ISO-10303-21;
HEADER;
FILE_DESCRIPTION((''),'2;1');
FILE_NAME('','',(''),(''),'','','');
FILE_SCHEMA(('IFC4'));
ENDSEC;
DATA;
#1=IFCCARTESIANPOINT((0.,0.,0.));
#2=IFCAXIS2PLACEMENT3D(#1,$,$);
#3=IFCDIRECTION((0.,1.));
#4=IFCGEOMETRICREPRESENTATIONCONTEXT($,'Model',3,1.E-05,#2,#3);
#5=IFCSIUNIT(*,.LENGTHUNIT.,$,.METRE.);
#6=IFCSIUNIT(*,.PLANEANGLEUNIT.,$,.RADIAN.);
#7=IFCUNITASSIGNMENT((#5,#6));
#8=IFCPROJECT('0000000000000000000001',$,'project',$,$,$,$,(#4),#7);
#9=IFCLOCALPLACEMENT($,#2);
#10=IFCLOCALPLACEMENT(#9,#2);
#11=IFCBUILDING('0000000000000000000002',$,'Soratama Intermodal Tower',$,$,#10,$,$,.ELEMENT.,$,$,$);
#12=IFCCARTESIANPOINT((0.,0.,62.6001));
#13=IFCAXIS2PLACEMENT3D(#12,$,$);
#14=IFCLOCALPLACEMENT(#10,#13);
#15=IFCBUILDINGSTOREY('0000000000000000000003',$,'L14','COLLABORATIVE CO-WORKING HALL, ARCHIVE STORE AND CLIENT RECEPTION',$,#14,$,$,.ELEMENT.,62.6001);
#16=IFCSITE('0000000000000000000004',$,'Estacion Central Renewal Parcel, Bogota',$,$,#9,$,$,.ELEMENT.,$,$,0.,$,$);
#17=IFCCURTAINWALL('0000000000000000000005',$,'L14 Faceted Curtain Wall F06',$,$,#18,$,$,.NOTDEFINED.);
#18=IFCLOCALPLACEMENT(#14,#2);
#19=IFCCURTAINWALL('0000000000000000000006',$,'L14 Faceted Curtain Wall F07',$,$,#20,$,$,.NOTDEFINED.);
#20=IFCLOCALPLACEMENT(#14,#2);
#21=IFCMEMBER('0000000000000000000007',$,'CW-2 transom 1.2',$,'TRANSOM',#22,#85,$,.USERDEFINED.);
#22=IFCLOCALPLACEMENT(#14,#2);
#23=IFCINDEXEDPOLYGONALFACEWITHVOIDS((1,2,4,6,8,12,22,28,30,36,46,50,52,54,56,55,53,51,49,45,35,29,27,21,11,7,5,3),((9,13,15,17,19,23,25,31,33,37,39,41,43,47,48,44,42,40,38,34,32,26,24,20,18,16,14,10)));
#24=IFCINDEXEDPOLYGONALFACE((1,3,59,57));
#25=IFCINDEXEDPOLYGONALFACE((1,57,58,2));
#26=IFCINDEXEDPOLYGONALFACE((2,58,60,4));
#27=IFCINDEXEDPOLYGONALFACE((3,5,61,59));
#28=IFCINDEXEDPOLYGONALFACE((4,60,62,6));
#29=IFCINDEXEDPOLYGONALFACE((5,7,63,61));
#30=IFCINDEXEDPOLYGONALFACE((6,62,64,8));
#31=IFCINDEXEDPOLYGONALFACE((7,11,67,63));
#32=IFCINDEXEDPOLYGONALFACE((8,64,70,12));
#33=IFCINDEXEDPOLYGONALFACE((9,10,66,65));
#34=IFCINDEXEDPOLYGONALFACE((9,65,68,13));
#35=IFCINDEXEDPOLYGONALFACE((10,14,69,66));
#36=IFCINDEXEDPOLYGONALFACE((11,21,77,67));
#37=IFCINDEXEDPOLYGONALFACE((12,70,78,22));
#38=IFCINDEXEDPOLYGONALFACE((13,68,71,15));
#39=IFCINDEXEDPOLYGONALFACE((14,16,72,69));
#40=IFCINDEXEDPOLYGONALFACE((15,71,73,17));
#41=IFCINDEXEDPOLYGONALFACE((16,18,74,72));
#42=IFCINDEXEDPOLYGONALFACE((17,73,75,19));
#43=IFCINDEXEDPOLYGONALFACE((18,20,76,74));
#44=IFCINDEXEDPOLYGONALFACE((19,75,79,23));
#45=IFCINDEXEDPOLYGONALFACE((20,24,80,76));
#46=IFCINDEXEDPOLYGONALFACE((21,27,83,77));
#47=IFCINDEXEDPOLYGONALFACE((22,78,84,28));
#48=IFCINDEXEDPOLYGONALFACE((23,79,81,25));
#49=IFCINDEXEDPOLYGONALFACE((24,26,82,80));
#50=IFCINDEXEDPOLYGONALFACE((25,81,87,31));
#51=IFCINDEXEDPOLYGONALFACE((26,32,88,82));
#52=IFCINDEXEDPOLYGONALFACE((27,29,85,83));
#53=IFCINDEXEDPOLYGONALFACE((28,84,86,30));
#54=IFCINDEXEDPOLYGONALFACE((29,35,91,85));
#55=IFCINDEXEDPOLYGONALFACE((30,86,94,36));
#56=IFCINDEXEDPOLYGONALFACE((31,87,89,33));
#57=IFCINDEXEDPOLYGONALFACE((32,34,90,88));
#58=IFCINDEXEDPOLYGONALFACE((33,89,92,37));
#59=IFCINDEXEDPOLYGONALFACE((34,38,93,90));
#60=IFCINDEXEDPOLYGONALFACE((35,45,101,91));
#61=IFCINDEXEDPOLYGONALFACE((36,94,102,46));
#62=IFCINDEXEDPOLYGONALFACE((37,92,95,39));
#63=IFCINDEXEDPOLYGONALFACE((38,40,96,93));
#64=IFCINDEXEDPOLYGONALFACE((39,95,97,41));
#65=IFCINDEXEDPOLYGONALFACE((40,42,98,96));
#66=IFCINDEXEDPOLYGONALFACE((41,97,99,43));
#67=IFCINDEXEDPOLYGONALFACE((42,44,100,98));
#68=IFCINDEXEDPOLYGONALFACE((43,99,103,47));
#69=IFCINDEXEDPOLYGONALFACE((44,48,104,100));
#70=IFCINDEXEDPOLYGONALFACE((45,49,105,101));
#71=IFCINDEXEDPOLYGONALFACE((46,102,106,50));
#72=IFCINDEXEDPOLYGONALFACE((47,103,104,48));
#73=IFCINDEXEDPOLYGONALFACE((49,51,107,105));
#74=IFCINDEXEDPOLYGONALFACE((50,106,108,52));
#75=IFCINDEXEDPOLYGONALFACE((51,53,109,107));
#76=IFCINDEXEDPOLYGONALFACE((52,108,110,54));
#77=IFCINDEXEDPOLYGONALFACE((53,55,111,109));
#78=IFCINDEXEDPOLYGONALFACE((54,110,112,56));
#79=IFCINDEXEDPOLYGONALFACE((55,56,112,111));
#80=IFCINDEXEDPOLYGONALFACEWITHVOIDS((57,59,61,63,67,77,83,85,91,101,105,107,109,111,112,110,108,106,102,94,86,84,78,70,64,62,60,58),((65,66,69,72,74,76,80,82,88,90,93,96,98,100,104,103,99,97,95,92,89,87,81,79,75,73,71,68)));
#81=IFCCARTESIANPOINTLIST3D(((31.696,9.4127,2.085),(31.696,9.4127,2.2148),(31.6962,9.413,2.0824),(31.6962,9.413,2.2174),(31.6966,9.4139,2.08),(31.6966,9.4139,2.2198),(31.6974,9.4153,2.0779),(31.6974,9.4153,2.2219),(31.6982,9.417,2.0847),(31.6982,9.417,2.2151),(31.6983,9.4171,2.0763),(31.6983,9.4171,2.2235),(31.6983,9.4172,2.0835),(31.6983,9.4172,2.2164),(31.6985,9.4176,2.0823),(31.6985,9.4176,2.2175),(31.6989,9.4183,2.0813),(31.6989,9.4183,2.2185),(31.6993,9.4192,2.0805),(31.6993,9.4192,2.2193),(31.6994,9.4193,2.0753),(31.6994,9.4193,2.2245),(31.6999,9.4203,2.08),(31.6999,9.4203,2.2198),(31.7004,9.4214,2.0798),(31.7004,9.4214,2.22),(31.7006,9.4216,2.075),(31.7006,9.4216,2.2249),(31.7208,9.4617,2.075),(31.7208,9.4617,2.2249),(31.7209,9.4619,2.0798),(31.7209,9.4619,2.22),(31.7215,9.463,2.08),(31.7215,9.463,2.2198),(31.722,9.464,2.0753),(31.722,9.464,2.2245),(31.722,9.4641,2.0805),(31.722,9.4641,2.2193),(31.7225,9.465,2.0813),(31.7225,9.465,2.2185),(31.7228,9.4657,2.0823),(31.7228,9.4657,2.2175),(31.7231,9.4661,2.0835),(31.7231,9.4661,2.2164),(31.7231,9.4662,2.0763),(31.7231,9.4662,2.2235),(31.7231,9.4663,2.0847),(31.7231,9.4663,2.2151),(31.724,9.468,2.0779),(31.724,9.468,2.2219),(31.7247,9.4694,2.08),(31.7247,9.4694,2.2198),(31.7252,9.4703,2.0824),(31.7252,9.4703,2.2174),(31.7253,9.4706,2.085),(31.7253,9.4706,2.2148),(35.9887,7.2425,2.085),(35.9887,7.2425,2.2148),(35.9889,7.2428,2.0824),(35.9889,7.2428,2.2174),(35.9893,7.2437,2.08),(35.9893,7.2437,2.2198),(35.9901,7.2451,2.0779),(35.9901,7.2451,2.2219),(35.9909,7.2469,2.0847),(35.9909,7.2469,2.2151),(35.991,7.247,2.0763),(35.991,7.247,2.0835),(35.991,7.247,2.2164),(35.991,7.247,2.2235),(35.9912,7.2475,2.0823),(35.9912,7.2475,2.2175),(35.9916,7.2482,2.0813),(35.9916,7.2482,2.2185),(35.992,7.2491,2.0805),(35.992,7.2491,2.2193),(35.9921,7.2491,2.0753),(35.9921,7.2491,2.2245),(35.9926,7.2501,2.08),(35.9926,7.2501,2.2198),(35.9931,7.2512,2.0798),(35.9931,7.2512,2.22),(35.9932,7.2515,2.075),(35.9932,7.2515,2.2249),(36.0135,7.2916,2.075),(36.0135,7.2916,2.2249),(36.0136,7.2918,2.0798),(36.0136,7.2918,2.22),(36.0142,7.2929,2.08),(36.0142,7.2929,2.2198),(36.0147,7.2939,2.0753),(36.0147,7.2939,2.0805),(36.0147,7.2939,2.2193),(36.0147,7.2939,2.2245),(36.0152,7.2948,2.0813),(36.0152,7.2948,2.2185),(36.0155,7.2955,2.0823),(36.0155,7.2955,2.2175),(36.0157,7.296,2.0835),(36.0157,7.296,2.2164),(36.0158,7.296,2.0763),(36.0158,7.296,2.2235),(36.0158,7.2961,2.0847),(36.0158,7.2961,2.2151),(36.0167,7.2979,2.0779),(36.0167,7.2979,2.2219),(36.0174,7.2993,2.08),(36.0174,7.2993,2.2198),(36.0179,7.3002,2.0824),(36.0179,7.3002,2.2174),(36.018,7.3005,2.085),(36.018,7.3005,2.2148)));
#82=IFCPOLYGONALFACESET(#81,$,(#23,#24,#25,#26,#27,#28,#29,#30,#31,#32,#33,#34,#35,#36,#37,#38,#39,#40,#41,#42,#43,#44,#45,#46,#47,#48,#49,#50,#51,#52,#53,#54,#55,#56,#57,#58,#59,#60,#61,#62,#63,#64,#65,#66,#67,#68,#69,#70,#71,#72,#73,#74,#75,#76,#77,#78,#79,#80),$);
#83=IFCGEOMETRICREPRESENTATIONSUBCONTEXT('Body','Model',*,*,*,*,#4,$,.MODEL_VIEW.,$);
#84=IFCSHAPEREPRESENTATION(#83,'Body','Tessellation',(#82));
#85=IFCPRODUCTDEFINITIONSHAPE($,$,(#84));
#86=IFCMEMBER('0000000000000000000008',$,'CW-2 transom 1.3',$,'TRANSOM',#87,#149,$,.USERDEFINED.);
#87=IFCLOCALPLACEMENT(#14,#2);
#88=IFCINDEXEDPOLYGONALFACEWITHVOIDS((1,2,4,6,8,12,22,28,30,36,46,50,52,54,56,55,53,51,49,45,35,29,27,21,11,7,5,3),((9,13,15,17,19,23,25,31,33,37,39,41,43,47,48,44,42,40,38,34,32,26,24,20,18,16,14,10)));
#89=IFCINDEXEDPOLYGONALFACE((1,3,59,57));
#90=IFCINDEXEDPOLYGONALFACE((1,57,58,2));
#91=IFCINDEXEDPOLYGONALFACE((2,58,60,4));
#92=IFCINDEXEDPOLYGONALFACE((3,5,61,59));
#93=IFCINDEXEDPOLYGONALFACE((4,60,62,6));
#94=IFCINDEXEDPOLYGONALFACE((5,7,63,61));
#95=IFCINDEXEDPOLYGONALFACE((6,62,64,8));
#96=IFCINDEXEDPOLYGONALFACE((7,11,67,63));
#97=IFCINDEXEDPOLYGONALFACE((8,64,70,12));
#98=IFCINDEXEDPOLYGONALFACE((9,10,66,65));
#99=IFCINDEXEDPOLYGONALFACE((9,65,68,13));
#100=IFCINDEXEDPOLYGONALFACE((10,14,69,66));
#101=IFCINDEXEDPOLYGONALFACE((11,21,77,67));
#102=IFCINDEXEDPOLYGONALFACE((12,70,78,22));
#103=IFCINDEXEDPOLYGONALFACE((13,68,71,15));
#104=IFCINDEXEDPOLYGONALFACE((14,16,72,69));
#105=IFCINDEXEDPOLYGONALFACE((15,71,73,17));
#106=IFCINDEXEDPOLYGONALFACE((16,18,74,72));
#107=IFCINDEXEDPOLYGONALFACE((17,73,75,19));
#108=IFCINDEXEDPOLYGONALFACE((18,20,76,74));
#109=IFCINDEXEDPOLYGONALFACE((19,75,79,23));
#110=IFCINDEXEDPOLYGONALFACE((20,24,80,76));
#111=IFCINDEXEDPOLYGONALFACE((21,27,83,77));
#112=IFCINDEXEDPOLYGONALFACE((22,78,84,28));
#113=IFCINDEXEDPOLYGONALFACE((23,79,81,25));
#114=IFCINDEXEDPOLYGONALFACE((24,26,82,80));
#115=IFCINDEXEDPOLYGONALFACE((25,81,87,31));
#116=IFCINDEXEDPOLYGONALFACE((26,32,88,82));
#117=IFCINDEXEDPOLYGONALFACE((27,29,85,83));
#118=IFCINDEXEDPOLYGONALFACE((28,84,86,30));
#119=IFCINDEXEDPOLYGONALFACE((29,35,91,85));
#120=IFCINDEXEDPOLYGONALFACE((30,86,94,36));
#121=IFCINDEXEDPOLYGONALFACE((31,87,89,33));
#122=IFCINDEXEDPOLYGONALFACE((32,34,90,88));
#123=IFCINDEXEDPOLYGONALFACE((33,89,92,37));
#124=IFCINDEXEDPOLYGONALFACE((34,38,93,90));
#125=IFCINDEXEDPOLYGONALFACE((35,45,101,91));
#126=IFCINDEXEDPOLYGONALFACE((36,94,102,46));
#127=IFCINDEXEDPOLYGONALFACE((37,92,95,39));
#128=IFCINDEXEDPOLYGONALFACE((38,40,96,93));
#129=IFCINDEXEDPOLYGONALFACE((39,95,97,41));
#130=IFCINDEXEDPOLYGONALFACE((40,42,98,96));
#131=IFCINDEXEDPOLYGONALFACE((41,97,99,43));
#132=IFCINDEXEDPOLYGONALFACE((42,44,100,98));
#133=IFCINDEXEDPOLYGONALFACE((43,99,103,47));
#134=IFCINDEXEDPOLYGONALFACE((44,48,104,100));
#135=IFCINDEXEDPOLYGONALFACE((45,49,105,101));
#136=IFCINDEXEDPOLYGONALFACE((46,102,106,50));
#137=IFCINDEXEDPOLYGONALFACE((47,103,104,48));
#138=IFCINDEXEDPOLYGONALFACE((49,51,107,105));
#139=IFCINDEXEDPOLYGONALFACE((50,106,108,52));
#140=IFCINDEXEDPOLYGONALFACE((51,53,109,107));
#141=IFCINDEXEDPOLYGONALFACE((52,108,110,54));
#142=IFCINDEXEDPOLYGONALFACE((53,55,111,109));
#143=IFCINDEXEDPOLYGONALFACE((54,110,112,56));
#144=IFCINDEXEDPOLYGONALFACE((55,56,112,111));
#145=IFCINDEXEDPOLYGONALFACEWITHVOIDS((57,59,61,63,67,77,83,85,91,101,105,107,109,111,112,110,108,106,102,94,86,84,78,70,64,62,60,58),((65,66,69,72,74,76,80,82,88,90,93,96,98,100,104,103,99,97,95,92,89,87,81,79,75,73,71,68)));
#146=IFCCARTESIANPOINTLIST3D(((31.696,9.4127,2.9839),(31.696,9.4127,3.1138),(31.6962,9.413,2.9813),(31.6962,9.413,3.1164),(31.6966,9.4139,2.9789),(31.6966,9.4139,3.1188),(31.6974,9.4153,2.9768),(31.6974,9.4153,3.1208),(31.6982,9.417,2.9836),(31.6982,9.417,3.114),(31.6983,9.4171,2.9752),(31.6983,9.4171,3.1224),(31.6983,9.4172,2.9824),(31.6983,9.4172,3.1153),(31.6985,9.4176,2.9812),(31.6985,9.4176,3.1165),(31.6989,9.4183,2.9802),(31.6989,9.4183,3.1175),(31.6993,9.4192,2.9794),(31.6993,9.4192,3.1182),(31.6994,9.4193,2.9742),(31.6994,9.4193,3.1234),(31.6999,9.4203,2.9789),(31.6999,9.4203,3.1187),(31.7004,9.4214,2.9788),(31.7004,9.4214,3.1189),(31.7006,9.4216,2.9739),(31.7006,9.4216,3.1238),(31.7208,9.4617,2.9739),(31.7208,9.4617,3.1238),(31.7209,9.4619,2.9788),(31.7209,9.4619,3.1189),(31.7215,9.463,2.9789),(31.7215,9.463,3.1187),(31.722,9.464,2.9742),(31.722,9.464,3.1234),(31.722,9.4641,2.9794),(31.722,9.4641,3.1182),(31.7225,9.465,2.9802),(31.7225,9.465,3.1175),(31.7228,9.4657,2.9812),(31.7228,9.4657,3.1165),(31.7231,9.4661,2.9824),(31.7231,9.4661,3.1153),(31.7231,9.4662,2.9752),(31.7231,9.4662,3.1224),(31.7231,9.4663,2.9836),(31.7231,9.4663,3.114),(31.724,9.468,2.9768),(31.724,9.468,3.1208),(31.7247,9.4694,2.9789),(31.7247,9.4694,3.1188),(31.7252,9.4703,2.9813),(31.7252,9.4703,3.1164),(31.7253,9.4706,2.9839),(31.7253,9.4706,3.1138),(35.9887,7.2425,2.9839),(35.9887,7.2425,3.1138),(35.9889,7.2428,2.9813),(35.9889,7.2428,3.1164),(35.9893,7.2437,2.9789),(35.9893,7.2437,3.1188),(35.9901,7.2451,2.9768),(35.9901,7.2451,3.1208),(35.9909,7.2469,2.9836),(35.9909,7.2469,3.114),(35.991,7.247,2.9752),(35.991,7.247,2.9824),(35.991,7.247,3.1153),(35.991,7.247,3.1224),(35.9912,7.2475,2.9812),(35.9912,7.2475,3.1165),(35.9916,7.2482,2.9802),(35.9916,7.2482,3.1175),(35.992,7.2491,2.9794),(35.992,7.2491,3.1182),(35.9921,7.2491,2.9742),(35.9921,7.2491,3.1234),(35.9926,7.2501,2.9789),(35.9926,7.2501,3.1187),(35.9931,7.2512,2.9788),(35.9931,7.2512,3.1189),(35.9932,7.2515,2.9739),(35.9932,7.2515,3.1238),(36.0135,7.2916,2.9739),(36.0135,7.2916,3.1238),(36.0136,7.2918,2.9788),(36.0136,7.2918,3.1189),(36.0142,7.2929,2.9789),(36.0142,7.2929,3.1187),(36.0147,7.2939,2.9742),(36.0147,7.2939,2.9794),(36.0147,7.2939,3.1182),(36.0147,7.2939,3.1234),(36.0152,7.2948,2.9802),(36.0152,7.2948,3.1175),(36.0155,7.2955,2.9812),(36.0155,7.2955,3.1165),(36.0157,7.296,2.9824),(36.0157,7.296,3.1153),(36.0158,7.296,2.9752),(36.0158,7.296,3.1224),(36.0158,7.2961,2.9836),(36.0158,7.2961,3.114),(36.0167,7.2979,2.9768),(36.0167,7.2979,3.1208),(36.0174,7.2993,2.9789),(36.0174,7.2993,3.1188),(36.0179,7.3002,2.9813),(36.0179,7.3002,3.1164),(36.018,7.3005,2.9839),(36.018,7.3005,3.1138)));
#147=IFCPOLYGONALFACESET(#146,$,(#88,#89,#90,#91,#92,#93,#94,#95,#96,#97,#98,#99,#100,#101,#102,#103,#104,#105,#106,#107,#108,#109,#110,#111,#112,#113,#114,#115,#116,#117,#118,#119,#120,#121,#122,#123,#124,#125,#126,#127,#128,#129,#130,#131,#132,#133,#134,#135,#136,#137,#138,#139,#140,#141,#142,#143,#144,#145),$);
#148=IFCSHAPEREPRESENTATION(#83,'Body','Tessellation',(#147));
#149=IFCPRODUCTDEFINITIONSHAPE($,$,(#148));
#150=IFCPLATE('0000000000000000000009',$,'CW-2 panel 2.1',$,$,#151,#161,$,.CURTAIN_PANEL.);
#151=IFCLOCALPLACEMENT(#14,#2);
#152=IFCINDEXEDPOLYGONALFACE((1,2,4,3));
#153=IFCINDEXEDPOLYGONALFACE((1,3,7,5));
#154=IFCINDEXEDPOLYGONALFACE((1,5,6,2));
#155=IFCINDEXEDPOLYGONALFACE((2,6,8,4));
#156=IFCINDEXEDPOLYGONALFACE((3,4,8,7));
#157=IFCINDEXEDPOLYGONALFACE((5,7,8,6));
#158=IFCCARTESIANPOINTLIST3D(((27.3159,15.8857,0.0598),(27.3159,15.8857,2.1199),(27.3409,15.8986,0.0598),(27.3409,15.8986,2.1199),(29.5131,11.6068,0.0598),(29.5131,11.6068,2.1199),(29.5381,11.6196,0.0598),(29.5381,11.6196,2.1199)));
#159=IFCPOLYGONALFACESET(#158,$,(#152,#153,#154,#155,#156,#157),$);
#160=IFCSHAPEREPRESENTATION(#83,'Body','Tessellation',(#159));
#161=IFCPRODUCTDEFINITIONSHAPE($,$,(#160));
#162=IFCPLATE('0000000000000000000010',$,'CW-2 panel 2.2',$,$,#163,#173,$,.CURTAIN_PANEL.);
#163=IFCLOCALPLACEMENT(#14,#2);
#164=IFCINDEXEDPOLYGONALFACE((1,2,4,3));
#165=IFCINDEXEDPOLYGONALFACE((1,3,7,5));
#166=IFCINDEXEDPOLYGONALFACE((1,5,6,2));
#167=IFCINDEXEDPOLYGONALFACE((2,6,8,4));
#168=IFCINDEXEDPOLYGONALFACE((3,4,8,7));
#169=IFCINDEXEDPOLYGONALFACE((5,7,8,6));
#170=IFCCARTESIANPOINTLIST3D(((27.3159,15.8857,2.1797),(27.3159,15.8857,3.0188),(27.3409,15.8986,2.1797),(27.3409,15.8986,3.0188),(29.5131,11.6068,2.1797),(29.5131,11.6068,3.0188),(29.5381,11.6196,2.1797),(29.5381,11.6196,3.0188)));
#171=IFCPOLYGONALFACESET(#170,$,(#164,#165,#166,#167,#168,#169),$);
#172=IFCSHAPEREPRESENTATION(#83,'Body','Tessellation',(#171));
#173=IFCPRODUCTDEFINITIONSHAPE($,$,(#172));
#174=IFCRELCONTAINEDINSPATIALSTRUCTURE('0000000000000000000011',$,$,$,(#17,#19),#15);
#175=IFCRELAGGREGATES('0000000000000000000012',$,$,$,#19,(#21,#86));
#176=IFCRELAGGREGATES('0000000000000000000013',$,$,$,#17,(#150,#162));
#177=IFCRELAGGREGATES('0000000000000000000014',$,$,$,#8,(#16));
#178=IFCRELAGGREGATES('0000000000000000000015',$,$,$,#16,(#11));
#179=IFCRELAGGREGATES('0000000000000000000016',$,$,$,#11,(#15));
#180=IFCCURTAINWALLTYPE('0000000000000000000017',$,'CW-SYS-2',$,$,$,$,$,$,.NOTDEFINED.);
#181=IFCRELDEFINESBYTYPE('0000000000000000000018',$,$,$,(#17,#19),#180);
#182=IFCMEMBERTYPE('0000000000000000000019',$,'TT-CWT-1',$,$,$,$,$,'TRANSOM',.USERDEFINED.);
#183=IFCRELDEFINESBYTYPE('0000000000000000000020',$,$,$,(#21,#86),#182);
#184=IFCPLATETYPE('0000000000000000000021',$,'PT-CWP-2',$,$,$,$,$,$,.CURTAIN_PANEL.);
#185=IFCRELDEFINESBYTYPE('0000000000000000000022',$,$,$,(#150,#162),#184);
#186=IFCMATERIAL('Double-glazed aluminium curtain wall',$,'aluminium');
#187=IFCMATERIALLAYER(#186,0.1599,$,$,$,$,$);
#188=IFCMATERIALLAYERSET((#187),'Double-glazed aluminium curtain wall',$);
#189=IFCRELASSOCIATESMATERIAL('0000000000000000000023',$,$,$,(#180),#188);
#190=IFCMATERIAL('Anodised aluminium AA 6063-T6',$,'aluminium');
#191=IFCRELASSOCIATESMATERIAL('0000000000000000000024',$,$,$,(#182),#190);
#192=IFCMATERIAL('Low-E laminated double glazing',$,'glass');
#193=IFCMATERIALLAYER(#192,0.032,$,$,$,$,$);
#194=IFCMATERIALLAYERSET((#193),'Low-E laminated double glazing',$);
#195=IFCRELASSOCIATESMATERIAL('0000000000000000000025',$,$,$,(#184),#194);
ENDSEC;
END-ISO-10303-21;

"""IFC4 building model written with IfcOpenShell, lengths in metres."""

from ifc_helpers import new_model, si_unit, direction, frame, origin, origin_2d, place, context, subcontext, project, spatial, rectangle, hollow_rectangle, extrude, material, layer, layer_set, material_profile, profile_set, type_object, element, aggregate, save


model = new_model("IFC4")

# Units and contexts
model_context = context("Model", 3, precision=1e-05, world=origin(), true_north=direction((0.0, 1.0)))
body_context = subcontext(model_context, "Body", "Model", "MODEL_VIEW")
ifc_project = project(units=[si_unit("LENGTHUNIT", "METRE"), si_unit("PLANEANGLEUNIT", "RADIAN")], contexts=[model_context])

# Site, building, storey
site_placement = place(None, origin())
site = spatial("IfcSite", under=ifc_project, at=site_placement, Name="Estacion Central Renewal Parcel, Bogota", CompositionType="ELEMENT", RefElevation=0.0)
building_placement = place(site_placement, origin())
building = spatial("IfcBuilding", under=site, at=building_placement, Name="Soratama Intermodal Tower", CompositionType="ELEMENT")
storey_placement = place(building_placement, frame((0.0, 0.0, 62.6001)))
storey = spatial("IfcBuildingStorey", under=building, at=storey_placement, Name="L14", Description="COLLABORATIVE CO-WORKING HALL, ARCHIVE STORE AND CLIENT RECEPTION", CompositionType="ELEMENT", Elevation=62.6001)

# Curtain walls
ifc_material_1 = material(Name="Double-glazed aluminium curtain wall", Category="aluminium")
ifc_layer_1 = layer(ifc_material_1, 0.1599)
ifc_layer_set_1 = layer_set([ifc_layer_1], Name="Double-glazed aluminium curtain wall")
curtain_wall_type = type_object("IfcCurtainWallType", Name="CW-SYS-2", PredefinedType="NOTDEFINED", material=ifc_layer_set_1)
curtain_wall_1_placement = place(storey_placement, origin())
curtain_wall_1 = element("IfcCurtainWall", 1, at=curtain_wall_1_placement, inside=storey, type_object=curtain_wall_type, Name="L14 Faceted Curtain Wall F06", PredefinedType="NOTDEFINED")
curtain_wall_2_placement = place(storey_placement, origin())
curtain_wall_2 = element("IfcCurtainWall", 2, at=curtain_wall_2_placement, inside=storey, type_object=curtain_wall_type, Name="L14 Faceted Curtain Wall F07", PredefinedType="NOTDEFINED")

# Members
ifc_material_2 = material(Name="Anodised aluminium AA 6063-T6", Category="aluminium")
ifc_material_profile_1 = material_profile(ifc_material_2, hollow_rectangle(XDim=0.0649, YDim=0.1499, WallThickness=0.0049, InnerFilletRadius=0.0049, OuterFilletRadius=0.01, at=origin_2d()), Name="CWT150X65X5")
ifc_profile_set_1 = profile_set([ifc_material_profile_1], Name="Anodised aluminium AA 6063-T6")
member_type_1 = type_object("IfcMemberType", Name="TT-CWT-1", ElementType="TRANSOM", PredefinedType="USERDEFINED", material=ifc_profile_set_1)
member_1_placement = place(storey_placement, frame((31.7107, 9.4417, 2.1499), z_axis=(0.892439, -0.451168, 0.0), x_axis=(0.451168, 0.892439, 0.0)))
member_1 = element("IfcMember", 3, at=member_1_placement, type_object=member_type_1, Name="CW-2 transom 1.2", ObjectType="TRANSOM", PredefinedType="USERDEFINED", context=body_context, shape_type="SweptSolid", body=[
    extrude(hollow_rectangle(XDim=0.0649, YDim=0.1499, WallThickness=0.0049, InnerFilletRadius=0.0049, OuterFilletRadius=0.01, at=origin_2d()), origin(), (0.0, 0.0, 1.0), 4.8101),
])
member_2_placement = place(storey_placement, frame((31.7107, 9.4417, 3.0488), z_axis=(0.892439, -0.451168, 0.0), x_axis=(0.451168, 0.892439, 0.0)))
member_2 = element("IfcMember", 4, at=member_2_placement, type_object=member_type_1, Name="CW-2 transom 1.3", ObjectType="TRANSOM", PredefinedType="USERDEFINED", context=body_context, shape_type="SweptSolid", body=[
    extrude(hollow_rectangle(XDim=0.0649, YDim=0.1499, WallThickness=0.0049, InnerFilletRadius=0.0049, OuterFilletRadius=0.01, at=origin_2d()), origin(), (0.0, 0.0, 1.0), 4.8101),
])
aggregate(curtain_wall_2, [member_1, member_2])

# Plates
ifc_material_3 = material(Name="Low-E laminated double glazing", Category="glass")
ifc_layer_2 = layer(ifc_material_3, 0.032)
ifc_layer_set_2 = layer_set([ifc_layer_2], Name="Low-E laminated double glazing")
plate_type = type_object("IfcPlateType", Name="PT-CWP-2", PredefinedType="CURTAIN_PANEL", material=ifc_layer_set_2)
plate_1_placement = place(storey_placement, frame((28.427, 13.7527, 0.0598), z_axis=(0.0, 0.0, 1.0), x_axis=(0.456788, -0.889576, 0.0)))
plate_1 = element("IfcPlate", 5, at=plate_1_placement, type_object=plate_type, Name="CW-2 panel 2.1", PredefinedType="CURTAIN_PANEL", context=body_context, shape_type="SweptSolid", body=[
    extrude(rectangle(XDim=4.8101, YDim=0.0281, at=origin_2d()), origin(), (0.0, 0.0, 1.0), 2.0601),
])
plate_2_placement = place(storey_placement, frame((28.427, 13.7527, 2.1797), z_axis=(0.0, 0.0, 1.0), x_axis=(0.456788, -0.889576, 0.0)))
plate_2 = element("IfcPlate", 6, at=plate_2_placement, type_object=plate_type, Name="CW-2 panel 2.2", PredefinedType="CURTAIN_PANEL", context=body_context, shape_type="SweptSolid", body=[
    extrude(rectangle(XDim=4.8101, YDim=0.0281, at=origin_2d()), origin(), (0.0, 0.0, 1.0), 0.8391),
])
aggregate(curtain_wall_1, [plate_1, plate_2])

save(model, "model.ifc")
